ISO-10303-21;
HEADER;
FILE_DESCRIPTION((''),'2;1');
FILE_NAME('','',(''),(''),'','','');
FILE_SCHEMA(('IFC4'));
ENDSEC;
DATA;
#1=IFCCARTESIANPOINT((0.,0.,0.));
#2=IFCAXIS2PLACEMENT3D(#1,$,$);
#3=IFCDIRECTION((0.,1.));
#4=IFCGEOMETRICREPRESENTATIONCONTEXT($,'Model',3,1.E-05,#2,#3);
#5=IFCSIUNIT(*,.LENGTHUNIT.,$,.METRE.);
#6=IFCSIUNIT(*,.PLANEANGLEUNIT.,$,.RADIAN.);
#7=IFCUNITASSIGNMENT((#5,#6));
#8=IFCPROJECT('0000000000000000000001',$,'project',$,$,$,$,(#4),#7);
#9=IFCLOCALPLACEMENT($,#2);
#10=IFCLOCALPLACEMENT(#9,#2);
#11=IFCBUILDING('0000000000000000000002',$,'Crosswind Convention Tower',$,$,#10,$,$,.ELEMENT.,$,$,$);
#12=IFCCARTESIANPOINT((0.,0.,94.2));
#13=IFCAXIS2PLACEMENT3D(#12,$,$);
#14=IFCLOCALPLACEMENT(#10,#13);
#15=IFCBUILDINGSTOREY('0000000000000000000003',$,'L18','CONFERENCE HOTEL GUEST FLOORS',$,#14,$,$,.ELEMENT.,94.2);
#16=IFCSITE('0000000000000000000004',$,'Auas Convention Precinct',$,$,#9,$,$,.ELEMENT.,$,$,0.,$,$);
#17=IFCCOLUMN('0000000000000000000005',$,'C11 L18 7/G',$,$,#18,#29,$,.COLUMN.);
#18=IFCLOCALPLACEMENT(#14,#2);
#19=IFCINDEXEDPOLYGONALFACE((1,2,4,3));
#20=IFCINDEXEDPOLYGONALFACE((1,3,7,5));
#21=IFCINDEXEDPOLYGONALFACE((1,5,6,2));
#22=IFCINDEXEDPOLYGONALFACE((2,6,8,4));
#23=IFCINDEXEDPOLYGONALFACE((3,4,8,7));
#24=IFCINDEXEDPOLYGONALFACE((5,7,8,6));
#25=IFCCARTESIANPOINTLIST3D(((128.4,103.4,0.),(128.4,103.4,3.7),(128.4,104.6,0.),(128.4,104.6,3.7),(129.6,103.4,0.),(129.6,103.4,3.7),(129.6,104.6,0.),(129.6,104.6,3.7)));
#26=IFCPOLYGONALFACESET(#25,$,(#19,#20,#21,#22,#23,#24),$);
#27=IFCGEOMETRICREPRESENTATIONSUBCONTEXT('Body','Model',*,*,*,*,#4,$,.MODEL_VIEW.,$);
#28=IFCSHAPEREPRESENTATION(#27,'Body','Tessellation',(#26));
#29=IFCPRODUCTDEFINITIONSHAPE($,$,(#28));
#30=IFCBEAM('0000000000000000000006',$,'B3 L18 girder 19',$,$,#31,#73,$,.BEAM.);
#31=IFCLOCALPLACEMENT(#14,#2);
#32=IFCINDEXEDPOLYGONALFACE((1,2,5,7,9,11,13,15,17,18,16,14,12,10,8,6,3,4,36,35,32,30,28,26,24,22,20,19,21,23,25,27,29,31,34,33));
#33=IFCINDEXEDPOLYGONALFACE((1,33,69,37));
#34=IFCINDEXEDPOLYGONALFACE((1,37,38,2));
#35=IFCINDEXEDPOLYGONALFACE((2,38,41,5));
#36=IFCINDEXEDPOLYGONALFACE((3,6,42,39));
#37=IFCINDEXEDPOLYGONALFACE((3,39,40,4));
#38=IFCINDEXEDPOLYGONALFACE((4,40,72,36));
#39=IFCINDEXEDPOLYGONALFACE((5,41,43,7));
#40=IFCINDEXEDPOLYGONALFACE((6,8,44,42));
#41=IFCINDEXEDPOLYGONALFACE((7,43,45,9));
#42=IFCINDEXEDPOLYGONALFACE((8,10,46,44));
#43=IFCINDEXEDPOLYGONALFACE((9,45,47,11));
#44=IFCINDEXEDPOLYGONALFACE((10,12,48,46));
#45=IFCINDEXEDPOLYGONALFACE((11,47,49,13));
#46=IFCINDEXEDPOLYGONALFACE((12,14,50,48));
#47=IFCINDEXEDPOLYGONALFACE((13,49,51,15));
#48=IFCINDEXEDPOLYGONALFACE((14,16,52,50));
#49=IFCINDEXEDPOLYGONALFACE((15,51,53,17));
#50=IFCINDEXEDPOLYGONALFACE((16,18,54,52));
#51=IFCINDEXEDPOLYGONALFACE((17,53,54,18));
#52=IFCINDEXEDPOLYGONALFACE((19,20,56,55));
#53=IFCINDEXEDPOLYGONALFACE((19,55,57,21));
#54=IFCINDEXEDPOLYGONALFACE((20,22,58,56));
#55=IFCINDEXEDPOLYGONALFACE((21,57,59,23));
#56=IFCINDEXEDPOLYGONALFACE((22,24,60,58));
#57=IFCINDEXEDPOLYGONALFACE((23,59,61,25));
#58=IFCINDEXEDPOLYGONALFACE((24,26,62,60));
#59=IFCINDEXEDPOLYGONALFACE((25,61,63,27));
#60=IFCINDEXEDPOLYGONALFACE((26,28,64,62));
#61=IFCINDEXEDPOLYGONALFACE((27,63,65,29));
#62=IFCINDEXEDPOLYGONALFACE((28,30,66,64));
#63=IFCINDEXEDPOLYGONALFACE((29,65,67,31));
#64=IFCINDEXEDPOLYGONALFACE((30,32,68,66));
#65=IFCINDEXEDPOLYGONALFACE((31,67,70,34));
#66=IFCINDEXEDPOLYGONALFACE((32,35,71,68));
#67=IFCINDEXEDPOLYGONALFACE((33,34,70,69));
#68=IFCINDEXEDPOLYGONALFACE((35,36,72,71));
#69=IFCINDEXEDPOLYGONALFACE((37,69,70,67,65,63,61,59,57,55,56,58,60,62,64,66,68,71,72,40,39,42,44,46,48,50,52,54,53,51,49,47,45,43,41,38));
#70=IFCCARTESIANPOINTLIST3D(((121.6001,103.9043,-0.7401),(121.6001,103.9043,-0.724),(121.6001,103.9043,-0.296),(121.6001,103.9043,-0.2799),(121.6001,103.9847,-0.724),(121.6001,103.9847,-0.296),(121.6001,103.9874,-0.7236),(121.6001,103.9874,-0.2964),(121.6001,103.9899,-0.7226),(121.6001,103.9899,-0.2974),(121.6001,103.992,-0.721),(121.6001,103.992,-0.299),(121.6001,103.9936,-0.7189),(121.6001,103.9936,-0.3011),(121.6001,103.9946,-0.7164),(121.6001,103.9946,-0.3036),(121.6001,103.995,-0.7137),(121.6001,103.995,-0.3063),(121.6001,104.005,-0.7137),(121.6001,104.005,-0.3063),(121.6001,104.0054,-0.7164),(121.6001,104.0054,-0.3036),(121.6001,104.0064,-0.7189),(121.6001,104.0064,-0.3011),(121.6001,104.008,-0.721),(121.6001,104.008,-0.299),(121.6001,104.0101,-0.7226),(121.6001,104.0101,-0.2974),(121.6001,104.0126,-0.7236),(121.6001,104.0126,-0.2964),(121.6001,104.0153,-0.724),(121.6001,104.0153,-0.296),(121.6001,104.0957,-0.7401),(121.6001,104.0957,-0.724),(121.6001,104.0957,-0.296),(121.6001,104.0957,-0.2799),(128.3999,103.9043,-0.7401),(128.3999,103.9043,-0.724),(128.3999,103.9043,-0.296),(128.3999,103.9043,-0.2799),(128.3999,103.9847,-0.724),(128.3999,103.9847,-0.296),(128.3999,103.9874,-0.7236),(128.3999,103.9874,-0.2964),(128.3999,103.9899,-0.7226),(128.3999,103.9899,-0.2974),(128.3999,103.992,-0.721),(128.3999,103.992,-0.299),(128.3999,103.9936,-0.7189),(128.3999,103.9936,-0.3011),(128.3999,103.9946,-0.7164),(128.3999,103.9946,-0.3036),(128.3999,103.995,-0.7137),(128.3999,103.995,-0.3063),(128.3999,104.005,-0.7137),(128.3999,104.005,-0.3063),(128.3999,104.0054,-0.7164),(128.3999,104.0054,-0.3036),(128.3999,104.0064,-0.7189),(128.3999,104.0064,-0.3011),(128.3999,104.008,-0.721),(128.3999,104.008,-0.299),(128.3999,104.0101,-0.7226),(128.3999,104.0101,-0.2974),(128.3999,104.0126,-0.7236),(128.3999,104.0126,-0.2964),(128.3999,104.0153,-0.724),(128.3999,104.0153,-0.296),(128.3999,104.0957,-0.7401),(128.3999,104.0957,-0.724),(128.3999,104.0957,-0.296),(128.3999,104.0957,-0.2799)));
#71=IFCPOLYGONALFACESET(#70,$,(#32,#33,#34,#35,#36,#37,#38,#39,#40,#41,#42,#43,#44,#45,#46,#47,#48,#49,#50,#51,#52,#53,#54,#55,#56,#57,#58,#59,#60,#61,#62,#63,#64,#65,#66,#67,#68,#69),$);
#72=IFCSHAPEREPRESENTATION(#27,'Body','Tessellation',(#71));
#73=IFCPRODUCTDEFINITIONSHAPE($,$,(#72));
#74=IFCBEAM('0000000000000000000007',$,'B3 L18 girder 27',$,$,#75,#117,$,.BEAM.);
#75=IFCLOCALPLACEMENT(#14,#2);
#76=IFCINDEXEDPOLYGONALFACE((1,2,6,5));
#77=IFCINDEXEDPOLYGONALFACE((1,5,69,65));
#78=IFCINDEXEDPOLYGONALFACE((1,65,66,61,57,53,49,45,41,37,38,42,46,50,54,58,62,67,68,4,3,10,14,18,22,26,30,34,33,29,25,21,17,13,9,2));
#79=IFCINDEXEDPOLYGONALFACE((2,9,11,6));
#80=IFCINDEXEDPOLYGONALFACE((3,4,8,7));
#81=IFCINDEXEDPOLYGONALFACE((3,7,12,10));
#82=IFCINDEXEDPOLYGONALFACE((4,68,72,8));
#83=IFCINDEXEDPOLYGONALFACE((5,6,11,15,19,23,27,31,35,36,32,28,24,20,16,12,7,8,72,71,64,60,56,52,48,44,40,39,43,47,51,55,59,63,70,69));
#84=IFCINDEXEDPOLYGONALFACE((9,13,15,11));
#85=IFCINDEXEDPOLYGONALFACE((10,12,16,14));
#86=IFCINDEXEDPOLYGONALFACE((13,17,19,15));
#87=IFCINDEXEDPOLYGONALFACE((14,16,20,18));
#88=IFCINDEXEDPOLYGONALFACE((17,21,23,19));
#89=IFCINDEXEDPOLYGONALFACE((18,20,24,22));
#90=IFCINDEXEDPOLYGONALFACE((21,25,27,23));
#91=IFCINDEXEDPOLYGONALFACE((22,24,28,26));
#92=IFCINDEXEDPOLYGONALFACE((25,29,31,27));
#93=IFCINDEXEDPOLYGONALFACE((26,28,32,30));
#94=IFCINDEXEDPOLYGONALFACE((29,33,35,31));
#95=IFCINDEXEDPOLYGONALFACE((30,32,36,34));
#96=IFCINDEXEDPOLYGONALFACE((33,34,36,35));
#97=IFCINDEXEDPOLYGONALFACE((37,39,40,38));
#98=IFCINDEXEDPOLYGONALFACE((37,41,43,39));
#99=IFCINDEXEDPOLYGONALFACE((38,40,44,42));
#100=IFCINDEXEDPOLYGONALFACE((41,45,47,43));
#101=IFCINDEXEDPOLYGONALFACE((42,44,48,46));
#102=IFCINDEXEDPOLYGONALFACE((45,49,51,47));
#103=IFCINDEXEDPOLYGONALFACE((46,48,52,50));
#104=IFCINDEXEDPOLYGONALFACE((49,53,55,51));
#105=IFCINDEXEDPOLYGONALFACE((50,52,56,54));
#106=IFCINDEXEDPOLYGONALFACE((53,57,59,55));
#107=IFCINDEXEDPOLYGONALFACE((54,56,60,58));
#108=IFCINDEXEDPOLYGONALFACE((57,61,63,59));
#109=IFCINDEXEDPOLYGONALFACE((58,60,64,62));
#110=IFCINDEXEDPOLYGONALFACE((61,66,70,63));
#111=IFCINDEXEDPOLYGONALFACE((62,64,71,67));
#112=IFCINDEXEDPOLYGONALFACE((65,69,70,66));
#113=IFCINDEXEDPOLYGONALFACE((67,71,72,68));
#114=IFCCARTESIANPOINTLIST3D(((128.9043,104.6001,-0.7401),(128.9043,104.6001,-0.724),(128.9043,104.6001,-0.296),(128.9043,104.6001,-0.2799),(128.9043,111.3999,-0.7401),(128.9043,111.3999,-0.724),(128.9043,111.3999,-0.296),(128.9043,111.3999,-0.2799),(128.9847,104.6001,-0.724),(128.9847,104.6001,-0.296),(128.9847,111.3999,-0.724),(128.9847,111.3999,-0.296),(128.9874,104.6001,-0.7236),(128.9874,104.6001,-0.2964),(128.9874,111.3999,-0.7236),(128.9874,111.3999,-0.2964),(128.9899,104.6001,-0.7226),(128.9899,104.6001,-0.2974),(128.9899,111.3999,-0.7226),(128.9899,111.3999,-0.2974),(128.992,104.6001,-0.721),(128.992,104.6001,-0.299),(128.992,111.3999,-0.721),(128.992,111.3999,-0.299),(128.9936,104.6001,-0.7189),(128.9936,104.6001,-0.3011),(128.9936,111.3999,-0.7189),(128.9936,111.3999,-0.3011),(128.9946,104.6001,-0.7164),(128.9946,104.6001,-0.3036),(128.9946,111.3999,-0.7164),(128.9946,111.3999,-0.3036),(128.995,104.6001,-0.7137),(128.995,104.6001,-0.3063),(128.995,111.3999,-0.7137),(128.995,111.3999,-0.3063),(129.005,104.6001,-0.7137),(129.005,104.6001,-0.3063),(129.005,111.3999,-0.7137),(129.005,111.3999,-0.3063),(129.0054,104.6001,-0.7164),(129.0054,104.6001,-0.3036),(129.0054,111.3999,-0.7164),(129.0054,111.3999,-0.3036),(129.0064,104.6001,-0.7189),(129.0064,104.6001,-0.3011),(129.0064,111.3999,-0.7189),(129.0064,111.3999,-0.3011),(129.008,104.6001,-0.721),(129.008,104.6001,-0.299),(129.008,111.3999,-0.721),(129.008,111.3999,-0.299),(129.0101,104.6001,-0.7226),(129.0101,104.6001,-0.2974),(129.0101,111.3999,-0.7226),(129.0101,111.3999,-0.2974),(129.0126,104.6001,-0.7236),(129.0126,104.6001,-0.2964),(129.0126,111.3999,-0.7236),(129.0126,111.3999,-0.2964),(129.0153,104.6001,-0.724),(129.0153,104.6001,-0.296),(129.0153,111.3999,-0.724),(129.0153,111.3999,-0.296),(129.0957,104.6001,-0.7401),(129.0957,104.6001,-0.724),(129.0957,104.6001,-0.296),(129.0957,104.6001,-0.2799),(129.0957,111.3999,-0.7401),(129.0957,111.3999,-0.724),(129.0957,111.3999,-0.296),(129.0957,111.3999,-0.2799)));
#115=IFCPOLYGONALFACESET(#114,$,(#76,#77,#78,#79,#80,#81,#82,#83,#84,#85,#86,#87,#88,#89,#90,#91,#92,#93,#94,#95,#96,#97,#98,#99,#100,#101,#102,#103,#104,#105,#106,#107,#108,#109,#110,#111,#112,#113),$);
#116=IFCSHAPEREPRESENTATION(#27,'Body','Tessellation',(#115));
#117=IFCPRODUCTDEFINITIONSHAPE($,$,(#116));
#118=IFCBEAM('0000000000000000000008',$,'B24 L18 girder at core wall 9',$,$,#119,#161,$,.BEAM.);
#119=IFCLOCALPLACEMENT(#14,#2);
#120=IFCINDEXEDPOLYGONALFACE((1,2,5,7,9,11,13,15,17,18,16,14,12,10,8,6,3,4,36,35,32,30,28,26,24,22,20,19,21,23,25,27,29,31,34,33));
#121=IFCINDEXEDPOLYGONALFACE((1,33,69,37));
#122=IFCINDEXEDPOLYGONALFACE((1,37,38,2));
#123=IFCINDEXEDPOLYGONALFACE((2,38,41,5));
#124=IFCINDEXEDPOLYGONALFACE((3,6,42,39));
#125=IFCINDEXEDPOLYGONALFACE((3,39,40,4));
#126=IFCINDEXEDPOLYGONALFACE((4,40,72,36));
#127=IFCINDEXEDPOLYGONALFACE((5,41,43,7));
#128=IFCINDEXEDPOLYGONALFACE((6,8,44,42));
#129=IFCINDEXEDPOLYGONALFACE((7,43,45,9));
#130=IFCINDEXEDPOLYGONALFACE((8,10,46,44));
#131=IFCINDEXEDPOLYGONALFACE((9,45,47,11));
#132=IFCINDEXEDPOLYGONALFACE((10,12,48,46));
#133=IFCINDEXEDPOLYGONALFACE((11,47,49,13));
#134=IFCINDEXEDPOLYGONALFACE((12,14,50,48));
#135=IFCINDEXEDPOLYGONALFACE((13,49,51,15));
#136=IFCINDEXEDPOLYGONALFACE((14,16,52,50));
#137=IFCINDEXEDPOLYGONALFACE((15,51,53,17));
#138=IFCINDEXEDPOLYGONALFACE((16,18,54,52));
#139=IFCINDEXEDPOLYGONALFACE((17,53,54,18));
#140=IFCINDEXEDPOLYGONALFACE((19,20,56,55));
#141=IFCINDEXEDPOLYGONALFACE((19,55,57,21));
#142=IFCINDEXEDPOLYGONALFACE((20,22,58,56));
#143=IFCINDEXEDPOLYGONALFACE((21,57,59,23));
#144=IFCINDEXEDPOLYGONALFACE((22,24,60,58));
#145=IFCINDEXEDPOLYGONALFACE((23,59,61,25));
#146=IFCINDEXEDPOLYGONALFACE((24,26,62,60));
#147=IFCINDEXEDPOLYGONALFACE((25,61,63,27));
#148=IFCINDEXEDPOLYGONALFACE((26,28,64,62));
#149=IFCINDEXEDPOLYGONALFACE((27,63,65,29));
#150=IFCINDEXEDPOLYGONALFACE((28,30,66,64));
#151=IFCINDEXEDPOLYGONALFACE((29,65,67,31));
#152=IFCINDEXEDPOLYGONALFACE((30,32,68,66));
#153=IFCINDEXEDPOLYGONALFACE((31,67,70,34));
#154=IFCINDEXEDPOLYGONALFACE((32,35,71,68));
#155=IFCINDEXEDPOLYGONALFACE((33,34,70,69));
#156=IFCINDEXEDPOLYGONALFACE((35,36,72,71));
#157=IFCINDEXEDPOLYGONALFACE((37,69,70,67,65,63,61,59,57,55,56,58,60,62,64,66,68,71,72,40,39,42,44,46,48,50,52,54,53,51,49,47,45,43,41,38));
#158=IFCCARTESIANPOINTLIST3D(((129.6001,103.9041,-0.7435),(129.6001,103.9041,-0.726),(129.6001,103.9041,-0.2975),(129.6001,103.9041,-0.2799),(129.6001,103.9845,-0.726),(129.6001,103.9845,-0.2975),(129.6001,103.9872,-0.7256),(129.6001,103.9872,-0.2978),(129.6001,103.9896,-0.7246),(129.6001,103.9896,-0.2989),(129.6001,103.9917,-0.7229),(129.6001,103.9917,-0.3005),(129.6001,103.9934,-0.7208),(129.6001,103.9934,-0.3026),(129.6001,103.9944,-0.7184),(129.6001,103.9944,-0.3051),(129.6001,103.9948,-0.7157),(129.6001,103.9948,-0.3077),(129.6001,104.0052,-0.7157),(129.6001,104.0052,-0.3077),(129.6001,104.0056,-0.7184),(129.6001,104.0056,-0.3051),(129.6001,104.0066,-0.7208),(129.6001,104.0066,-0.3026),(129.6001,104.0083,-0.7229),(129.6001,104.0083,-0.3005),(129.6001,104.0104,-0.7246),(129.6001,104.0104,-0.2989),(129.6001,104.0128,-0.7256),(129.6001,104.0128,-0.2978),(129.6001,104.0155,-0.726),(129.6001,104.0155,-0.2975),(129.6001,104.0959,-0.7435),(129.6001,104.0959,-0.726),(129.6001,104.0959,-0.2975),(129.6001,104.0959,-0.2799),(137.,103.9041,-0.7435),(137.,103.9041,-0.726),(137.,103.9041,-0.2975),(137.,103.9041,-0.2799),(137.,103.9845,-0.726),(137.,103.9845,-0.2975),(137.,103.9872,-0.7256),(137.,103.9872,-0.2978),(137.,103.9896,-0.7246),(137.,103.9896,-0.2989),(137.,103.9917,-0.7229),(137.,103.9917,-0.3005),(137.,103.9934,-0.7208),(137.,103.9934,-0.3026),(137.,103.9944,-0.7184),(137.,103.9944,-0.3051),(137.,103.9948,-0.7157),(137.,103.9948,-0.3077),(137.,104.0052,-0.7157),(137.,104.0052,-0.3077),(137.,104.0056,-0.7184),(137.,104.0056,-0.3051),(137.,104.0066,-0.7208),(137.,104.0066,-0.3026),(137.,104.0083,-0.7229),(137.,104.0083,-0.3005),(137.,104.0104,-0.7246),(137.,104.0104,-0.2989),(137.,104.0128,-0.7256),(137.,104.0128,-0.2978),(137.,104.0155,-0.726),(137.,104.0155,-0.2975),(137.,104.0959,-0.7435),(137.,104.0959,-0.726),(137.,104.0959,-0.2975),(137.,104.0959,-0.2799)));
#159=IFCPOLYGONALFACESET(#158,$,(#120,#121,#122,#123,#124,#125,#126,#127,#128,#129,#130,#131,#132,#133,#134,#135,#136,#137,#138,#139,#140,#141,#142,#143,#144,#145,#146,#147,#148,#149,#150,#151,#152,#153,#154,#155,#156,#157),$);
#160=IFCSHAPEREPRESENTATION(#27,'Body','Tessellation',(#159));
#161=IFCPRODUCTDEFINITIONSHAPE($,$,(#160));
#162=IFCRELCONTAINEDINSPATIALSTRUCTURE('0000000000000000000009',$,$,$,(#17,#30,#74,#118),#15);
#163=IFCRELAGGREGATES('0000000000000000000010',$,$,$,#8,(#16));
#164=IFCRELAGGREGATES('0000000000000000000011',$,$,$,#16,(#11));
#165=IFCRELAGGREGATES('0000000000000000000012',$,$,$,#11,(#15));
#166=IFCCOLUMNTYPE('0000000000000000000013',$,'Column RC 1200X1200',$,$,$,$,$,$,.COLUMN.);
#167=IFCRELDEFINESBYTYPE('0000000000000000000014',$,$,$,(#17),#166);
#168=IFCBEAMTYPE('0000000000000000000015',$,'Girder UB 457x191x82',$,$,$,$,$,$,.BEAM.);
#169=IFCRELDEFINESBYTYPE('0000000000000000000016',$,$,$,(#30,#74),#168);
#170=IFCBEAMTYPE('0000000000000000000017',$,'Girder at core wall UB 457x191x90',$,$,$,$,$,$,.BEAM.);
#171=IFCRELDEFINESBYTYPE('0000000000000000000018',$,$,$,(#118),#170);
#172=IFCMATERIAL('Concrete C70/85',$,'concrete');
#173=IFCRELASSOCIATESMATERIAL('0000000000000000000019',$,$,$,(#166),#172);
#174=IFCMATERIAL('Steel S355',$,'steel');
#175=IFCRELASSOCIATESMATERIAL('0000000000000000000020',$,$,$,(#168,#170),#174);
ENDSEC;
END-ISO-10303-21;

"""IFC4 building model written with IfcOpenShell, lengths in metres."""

from ifc_helpers import new_model, si_unit, direction, frame, origin, origin_2d, place, context, subcontext, project, spatial, rectangle, i_section, extrude, material, material_profile, profile_set, type_object, element, save


model = new_model("IFC4")

# Units and contexts
model_context = context("Model", 3, precision=1e-05, world=origin(), true_north=direction((0.0, 1.0)))
body_context = subcontext(model_context, "Body", "Model", "MODEL_VIEW")
ifc_project = project(units=[si_unit("LENGTHUNIT", "METRE"), si_unit("PLANEANGLEUNIT", "RADIAN")], contexts=[model_context])

# Site, building, storey
site_placement = place(None, origin())
site = spatial("IfcSite", under=ifc_project, at=site_placement, Name="Auas Convention Precinct", CompositionType="ELEMENT", RefElevation=0.0)
building_placement = place(site_placement, origin())
building = spatial("IfcBuilding", under=site, at=building_placement, Name="Crosswind Convention Tower", CompositionType="ELEMENT")
storey_placement = place(building_placement, frame((0.0, 0.0, 94.2)))
storey = spatial("IfcBuildingStorey", under=building, at=storey_placement, Name="L18", Description="CONFERENCE HOTEL GUEST FLOORS", CompositionType="ELEMENT", Elevation=94.2)

# Column
ifc_material_1 = material(Name="Concrete C70/85", Category="concrete")
ifc_material_profile_1 = material_profile(ifc_material_1, rectangle(XDim=1.2, YDim=1.2, at=origin_2d()), Name="RC 1200X1200")
ifc_profile_set_1 = profile_set([ifc_material_profile_1], Name="Concrete C70/85")
column_type = type_object("IfcColumnType", Name="Column RC 1200X1200", PredefinedType="COLUMN", material=ifc_profile_set_1)
column_placement = place(storey_placement, frame((129.0, 104.0, 0.0), z_axis=(0.0, 0.0, 1.0), x_axis=(1.0, 0.0, 0.0)))
element("IfcColumn", 1, at=column_placement, inside=storey, type_object=column_type, Name="C11 L18 7/G", PredefinedType="COLUMN", context=body_context, shape_type="SweptSolid", body=[
    extrude(rectangle(XDim=1.2, YDim=1.2, at=origin_2d()), origin(), (0.0, 0.0, 1.0), 3.7),
])

# Beams
ifc_material_2 = material(Name="Steel S355", Category="steel")
ifc_material_profile_2 = material_profile(ifc_material_2, i_section(OverallWidth=0.1914, OverallDepth=0.4602, WebThickness=0.01, FlangeThickness=0.0161, FilletRadius=0.0103, at=origin_2d()), Name="UB 457x191x82")
ifc_profile_set_2 = profile_set([ifc_material_profile_2], Name="Steel S355")
beam_type_1 = type_object("IfcBeamType", Name="Girder UB 457x191x82", PredefinedType="BEAM", material=ifc_profile_set_2)
for number, where, z_axis, x_axis, name in (
    (2, (121.6001, 104.0, -0.51), (1.0, 0.0, 0.0), (0.0, 1.0, 0.0), "B3 L18 girder 19"),
    (3, (129.0, 104.6001, -0.51), (0.0, 1.0, 0.0), (-1.0, 0.0, 0.0), "B3 L18 girder 27"),
):
    element("IfcBeam", number, at=place(storey_placement, frame(where, z_axis=z_axis, x_axis=x_axis)), inside=storey, type_object=beam_type_1, Name=name, PredefinedType="BEAM", context=body_context, shape_type="SweptSolid", body=[
        extrude(i_section(OverallWidth=0.1914, OverallDepth=0.4602, WebThickness=0.01, FlangeThickness=0.0161, FilletRadius=0.0103, at=origin_2d()), origin(), (0.0, 0.0, 1.0), 6.7998),
    ])
ifc_material_profile_3 = material_profile(ifc_material_2, i_section(OverallWidth=0.1919, OverallDepth=0.4636, WebThickness=0.0105, FlangeThickness=0.0176, FilletRadius=0.0103, at=origin_2d()), Name="UB 457x191x90")
ifc_profile_set_3 = profile_set([ifc_material_profile_3], Name="Steel S355")
beam_type_2 = type_object("IfcBeamType", Name="Girder at core wall UB 457x191x90", PredefinedType="BEAM", material=ifc_profile_set_3)
beam_placement = place(storey_placement, frame((129.6001, 104.0, -0.5117), z_axis=(1.0, 0.0, 0.0), x_axis=(0.0, 1.0, 0.0)))
element("IfcBeam", 4, at=beam_placement, inside=storey, type_object=beam_type_2, Name="B24 L18 girder at core wall 9", PredefinedType="BEAM", context=body_context, shape_type="SweptSolid", body=[
    extrude(i_section(OverallWidth=0.1919, OverallDepth=0.4636, WebThickness=0.0105, FlangeThickness=0.0176, FilletRadius=0.0103, at=origin_2d()), origin(), (0.0, 0.0, 1.0), 7.3999),
])

save(model, "model.ifc")
